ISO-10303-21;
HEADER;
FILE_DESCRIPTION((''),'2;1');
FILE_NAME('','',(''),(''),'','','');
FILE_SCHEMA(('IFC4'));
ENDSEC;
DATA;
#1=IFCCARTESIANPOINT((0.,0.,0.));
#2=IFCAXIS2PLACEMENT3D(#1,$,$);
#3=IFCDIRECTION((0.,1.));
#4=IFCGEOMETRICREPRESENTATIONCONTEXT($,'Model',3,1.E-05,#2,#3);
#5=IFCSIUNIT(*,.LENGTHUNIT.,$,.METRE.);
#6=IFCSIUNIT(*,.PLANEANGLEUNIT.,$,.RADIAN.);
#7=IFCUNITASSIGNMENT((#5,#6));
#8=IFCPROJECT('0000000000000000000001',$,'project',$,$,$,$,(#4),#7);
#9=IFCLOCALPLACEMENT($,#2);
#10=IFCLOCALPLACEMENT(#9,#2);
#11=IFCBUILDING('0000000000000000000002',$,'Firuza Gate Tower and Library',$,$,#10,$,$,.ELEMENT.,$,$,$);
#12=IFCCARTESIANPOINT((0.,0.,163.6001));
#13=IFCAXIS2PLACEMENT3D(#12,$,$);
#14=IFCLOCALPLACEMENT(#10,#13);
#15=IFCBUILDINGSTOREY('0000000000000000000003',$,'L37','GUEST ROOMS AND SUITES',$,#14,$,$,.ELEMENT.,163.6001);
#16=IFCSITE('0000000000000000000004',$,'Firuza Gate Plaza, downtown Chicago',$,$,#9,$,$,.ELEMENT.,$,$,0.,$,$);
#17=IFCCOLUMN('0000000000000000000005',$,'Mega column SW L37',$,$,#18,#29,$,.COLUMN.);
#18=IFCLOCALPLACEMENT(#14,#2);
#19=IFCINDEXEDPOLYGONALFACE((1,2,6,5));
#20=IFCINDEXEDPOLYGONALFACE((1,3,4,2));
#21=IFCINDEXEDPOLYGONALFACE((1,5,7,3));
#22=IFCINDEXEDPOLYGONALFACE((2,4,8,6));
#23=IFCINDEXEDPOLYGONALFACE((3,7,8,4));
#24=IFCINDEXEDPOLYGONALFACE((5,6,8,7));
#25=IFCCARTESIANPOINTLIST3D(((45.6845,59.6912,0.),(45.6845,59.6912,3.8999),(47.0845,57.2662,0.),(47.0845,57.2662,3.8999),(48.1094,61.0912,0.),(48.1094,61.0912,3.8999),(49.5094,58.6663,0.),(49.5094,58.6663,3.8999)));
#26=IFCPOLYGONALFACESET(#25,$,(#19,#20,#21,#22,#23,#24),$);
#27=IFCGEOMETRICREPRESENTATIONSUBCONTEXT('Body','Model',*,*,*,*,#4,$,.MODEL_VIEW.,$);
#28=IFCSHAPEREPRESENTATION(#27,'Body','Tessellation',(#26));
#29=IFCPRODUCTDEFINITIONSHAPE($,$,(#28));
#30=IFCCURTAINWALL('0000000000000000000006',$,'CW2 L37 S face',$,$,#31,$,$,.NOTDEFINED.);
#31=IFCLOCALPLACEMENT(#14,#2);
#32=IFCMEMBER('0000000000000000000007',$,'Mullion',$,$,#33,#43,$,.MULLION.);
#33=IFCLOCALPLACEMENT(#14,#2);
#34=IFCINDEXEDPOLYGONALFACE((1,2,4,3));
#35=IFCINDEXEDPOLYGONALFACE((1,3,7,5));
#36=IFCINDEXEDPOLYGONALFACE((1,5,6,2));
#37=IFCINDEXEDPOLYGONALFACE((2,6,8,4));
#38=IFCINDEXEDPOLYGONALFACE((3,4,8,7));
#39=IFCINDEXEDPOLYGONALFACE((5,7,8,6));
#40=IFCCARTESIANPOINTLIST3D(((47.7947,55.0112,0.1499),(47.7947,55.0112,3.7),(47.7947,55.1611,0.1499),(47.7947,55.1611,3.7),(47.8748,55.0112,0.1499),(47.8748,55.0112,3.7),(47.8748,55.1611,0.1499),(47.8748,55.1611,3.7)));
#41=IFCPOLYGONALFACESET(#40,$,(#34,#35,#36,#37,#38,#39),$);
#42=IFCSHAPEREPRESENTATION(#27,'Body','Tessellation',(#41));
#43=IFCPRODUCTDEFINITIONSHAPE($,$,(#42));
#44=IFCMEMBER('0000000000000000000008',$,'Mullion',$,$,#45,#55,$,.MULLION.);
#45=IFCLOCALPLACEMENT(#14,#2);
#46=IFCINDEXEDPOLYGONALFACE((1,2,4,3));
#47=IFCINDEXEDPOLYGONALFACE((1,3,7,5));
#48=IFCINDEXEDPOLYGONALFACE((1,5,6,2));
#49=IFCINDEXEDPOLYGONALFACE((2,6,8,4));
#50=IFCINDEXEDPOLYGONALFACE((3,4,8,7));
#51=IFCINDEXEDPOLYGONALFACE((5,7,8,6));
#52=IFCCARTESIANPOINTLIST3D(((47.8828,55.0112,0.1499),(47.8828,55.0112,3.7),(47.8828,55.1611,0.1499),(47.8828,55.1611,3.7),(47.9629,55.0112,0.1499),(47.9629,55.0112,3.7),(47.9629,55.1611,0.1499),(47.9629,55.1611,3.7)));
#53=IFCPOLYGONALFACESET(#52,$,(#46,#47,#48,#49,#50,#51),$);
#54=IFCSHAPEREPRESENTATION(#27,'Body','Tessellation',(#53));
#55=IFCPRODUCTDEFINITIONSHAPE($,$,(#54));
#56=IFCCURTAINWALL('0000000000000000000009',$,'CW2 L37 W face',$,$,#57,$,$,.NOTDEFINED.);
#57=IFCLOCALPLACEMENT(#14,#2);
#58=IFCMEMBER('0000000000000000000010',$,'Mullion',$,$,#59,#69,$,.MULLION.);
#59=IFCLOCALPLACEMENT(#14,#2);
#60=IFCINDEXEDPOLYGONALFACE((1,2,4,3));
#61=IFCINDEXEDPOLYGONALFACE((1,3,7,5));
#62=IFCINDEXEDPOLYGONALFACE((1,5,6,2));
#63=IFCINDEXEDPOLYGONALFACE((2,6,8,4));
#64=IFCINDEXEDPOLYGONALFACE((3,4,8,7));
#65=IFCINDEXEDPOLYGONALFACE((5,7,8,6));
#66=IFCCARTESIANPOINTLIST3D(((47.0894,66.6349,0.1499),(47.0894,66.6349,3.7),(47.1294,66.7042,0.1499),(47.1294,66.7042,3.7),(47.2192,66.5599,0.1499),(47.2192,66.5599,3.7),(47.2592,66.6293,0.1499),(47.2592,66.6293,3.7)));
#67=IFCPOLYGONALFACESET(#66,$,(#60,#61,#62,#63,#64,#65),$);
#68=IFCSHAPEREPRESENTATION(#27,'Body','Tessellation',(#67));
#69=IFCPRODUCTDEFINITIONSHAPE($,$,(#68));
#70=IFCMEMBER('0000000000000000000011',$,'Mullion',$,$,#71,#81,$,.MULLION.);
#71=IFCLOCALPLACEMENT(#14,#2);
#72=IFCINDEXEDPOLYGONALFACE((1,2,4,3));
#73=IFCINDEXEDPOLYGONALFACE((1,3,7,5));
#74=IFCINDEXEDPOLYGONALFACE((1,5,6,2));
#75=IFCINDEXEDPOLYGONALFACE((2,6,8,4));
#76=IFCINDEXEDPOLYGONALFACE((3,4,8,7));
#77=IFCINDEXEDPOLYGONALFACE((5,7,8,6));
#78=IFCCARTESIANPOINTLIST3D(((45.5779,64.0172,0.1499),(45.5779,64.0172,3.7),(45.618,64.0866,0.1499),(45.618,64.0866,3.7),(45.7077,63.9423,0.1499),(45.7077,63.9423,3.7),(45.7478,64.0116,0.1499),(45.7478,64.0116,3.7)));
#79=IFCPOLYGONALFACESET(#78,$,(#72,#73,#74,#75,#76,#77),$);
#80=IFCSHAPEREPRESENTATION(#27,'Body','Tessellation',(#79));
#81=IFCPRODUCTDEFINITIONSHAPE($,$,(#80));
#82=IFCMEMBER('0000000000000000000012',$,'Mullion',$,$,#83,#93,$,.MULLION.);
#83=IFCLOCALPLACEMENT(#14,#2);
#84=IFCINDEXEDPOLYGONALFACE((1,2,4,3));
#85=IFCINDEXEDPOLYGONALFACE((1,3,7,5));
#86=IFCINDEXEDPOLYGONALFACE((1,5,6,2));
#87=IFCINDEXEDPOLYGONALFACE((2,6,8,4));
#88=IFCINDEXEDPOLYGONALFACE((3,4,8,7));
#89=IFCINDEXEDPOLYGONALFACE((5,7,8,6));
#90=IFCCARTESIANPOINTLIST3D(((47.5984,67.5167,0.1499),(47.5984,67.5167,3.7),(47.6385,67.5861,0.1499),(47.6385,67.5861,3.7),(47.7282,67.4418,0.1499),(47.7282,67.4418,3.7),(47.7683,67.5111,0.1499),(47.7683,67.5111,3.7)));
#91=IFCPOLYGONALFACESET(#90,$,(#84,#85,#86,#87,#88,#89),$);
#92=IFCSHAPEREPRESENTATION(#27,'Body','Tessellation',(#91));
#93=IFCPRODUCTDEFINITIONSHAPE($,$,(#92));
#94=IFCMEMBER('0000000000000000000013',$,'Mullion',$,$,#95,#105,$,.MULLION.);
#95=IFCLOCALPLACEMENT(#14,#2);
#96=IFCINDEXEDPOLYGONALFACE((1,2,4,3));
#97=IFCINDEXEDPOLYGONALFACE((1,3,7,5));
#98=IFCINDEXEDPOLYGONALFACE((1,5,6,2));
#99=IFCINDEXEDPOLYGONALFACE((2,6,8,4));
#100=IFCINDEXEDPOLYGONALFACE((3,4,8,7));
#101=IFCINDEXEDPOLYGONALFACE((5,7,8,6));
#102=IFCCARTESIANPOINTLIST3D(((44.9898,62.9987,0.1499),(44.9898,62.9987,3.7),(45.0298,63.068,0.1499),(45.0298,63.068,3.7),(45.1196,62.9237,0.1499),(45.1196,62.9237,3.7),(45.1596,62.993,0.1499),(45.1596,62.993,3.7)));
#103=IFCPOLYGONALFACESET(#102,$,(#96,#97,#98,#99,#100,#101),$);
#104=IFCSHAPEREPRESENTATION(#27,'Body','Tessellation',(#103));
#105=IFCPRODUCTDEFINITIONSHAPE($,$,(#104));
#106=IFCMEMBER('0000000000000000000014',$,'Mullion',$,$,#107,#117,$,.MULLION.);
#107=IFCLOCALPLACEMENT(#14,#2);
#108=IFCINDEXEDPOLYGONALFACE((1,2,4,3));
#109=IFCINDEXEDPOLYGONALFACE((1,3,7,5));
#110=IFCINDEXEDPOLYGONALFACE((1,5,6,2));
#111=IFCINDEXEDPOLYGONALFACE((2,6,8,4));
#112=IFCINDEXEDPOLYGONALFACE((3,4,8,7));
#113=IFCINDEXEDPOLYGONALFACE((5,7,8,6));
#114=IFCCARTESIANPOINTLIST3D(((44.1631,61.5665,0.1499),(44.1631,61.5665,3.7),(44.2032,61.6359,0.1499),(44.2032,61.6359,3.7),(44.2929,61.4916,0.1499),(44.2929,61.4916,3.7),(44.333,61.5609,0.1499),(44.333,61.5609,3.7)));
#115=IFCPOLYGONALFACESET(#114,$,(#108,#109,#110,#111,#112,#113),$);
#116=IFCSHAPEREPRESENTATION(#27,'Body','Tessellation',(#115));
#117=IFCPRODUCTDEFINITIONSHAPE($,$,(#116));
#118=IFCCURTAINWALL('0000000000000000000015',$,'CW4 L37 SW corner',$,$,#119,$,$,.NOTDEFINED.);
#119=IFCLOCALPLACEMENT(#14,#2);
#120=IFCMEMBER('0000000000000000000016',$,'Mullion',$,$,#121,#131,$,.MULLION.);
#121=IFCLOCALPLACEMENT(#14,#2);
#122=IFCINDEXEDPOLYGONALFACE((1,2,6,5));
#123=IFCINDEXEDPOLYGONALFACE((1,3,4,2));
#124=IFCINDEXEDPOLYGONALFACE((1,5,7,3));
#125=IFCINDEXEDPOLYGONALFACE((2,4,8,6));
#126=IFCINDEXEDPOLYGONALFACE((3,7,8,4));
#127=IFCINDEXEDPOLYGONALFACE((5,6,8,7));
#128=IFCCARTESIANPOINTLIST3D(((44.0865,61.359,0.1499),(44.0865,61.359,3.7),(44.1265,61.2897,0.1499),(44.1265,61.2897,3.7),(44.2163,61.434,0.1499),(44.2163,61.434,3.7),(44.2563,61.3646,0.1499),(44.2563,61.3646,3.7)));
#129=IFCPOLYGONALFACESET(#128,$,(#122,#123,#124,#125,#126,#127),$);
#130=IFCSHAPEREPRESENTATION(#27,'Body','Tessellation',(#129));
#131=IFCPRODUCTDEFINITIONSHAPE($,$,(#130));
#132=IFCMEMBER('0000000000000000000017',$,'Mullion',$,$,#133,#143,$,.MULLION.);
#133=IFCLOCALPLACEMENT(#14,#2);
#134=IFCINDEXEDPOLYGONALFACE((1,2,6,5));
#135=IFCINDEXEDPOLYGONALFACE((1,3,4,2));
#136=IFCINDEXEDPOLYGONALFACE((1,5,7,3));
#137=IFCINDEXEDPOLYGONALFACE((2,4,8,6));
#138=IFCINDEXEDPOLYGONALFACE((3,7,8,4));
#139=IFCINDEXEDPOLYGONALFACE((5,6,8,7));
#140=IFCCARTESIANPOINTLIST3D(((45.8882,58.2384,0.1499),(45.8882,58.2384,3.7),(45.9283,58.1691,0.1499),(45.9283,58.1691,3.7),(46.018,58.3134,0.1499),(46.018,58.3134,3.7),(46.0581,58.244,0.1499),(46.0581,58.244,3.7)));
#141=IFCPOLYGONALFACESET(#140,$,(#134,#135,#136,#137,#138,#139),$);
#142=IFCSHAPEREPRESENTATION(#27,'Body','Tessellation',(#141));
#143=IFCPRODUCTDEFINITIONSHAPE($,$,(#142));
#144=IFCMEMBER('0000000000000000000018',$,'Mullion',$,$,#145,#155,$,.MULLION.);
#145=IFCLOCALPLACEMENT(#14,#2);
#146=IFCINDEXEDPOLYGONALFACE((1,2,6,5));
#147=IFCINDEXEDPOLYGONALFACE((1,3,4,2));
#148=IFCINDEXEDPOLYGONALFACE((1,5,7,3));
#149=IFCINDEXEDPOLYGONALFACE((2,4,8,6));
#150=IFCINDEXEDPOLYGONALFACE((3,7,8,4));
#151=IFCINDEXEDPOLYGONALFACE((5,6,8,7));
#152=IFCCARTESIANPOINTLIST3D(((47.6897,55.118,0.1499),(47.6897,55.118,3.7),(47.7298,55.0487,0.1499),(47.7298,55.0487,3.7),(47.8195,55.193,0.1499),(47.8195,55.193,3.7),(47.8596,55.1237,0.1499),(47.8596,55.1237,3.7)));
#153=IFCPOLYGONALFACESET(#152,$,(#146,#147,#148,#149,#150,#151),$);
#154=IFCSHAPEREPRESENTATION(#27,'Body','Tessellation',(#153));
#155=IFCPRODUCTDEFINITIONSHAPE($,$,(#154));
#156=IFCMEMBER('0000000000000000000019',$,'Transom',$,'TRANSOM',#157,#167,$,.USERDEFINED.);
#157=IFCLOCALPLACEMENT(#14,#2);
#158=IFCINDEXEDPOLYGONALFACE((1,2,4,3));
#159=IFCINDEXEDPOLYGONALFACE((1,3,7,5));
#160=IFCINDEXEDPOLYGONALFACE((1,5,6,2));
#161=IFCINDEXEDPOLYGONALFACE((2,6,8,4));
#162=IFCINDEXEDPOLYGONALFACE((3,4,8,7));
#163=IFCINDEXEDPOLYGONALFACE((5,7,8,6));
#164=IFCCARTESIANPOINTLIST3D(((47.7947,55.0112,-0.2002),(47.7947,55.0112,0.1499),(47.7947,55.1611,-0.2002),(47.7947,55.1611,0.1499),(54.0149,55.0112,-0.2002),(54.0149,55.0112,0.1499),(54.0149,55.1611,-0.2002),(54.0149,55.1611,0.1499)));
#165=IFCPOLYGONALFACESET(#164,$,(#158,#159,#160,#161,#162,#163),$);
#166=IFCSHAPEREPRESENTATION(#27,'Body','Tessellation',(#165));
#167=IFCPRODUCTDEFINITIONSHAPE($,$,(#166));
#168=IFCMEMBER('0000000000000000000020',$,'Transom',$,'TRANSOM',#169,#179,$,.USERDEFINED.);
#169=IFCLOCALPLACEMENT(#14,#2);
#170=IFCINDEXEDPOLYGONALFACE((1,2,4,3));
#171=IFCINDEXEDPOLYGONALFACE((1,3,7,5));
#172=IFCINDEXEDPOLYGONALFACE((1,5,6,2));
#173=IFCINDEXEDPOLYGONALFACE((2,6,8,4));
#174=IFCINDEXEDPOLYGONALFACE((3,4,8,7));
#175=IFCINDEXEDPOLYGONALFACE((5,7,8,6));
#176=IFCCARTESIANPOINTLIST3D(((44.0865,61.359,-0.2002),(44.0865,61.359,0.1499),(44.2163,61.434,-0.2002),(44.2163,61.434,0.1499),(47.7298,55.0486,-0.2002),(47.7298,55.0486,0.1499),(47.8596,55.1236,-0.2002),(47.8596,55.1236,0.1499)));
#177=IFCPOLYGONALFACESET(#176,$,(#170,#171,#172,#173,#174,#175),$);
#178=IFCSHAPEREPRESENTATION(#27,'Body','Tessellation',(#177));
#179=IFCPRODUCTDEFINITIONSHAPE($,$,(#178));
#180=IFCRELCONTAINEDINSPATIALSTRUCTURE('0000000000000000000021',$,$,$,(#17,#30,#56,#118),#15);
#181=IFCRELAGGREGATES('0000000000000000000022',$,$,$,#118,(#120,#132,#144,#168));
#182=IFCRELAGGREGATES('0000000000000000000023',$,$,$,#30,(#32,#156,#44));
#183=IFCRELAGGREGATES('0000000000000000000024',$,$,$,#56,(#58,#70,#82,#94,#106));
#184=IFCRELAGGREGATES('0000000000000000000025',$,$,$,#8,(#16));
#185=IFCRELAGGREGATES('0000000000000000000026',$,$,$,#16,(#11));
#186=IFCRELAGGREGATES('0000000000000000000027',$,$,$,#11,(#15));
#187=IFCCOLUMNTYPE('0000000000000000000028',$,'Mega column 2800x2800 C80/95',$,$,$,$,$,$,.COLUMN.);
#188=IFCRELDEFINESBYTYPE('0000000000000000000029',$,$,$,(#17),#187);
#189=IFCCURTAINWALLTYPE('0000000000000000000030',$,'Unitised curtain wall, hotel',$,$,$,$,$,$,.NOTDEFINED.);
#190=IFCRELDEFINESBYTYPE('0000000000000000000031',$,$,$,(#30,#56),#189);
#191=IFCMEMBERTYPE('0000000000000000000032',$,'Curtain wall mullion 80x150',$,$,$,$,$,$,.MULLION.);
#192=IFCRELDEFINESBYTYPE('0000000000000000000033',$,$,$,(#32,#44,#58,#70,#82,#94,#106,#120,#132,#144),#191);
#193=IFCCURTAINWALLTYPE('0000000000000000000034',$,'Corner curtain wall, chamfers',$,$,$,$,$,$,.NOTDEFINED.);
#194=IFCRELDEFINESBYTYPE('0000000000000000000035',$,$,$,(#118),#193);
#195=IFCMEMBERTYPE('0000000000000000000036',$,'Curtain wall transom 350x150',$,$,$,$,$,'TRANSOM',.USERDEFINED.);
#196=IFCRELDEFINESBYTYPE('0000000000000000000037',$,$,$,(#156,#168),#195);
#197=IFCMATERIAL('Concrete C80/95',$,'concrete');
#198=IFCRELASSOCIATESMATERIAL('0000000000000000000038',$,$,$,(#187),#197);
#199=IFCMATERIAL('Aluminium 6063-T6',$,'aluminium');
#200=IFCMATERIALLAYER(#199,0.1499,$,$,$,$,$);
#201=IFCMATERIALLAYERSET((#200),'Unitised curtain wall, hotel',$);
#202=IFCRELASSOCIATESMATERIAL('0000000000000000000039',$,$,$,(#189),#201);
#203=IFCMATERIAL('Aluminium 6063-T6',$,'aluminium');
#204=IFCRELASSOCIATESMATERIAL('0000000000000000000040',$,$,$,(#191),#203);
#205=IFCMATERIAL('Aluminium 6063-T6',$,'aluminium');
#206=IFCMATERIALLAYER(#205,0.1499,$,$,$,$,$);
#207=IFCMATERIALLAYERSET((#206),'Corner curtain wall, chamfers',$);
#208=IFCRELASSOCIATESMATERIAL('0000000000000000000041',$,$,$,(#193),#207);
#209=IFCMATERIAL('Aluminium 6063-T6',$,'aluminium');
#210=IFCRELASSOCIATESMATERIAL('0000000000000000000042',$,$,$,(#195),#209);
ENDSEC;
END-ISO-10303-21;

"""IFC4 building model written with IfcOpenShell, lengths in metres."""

from ifc_helpers import new_model, si_unit, direction, frame, origin, origin_2d, place, context, subcontext, project, spatial, rectangle, extrude, material, layer, layer_set, material_profile, profile_set, type_object, element, aggregate, save


model = new_model("IFC4")

# Units and contexts
model_context = context("Model", 3, precision=1e-05, world=origin(), true_north=direction((0.0, 1.0)))
body_context = subcontext(model_context, "Body", "Model", "MODEL_VIEW")
ifc_project = project(units=[si_unit("LENGTHUNIT", "METRE"), si_unit("PLANEANGLEUNIT", "RADIAN")], contexts=[model_context])

# Site, building, storey
site_placement = place(None, origin())
site = spatial("IfcSite", under=ifc_project, at=site_placement, Name="Firuza Gate Plaza, downtown Chicago", CompositionType="ELEMENT", RefElevation=0.0)
building_placement = place(site_placement, origin())
building = spatial("IfcBuilding", under=site, at=building_placement, Name="Firuza Gate Tower and Library", CompositionType="ELEMENT")
storey_placement = place(building_placement, frame((0.0, 0.0, 163.6001)))
storey = spatial("IfcBuildingStorey", under=building, at=storey_placement, Name="L37", Description="GUEST ROOMS AND SUITES", CompositionType="ELEMENT", Elevation=163.6001)

# Column
ifc_material_1 = material(Name="Concrete C80/95", Category="concrete")
ifc_material_profile_1 = material_profile(ifc_material_1, rectangle(XDim=2.8, YDim=2.8, at=origin_2d()))
ifc_profile_set_1 = profile_set([ifc_material_profile_1], Name="Concrete C80/95")
column_type = type_object("IfcColumnType", Name="Mega column 2800x2800 C80/95", PredefinedType="COLUMN", material=ifc_profile_set_1)
column_placement = place(storey_placement, frame((47.5969, 59.1787, 0.0), z_axis=(0.0, 0.0, 1.0), x_axis=(0.5, -0.866025, 0.0)))
element("IfcColumn", 1, at=column_placement, inside=storey, type_object=column_type, Name="Mega column SW L37", PredefinedType="COLUMN", context=body_context, shape_type="SweptSolid", body=[
    extrude(rectangle(XDim=2.8, YDim=2.8, at=origin_2d()), origin(), (0.0, 0.0, 1.0), 3.8999),
])

# Curtain walls, members
ifc_material_2 = material(Name="Aluminium 6063-T6", Category="aluminium")
ifc_layer_1 = layer(ifc_material_2, 0.1499)
ifc_layer_set_1 = layer_set([ifc_layer_1], Name="Unitised curtain wall, hotel")
curtain_wall_type_1 = type_object("IfcCurtainWallType", Name="Unitised curtain wall, hotel", PredefinedType="NOTDEFINED", material=ifc_layer_set_1)
placement = place(storey_placement, origin())
curtain_wall_1 = element("IfcCurtainWall", 2, at=placement, inside=storey, type_object=curtain_wall_type_1, Name="CW2 L37 S face", PredefinedType="NOTDEFINED")
ifc_material_3 = material(Name="Aluminium 6063-T6", Category="aluminium")
ifc_material_profile_2 = material_profile(ifc_material_3, rectangle(XDim=0.1499, YDim=0.0801, at=origin_2d()))
ifc_profile_set_2 = profile_set([ifc_material_profile_2], Name="Aluminium 6063-T6")
member_type_1 = type_object("IfcMemberType", Name="Curtain wall mullion 80x150", PredefinedType="MULLION", material=ifc_profile_set_2)
member_1_placement = place(storey_placement, frame((47.8347, 55.0862, 0.1499), z_axis=(0.0, 0.0, 1.0), x_axis=(0.0, 1.0, 0.0)))
member_1 = element("IfcMember", 3, at=member_1_placement, type_object=member_type_1, Name="Mullion", PredefinedType="MULLION", context=body_context, shape_type="SweptSolid", body=[
    extrude(rectangle(XDim=0.1499, YDim=0.0801, at=origin_2d()), origin(), (0.0, 0.0, 1.0), 3.55),
])
member_2_placement = place(storey_placement, frame((47.9229, 55.0862, 0.1499), z_axis=(0.0, 0.0, 1.0), x_axis=(0.0, 1.0, 0.0)))
member_2 = element("IfcMember", 4, at=member_2_placement, type_object=member_type_1, Name="Mullion", PredefinedType="MULLION", context=body_context, shape_type="SweptSolid", body=[
    extrude(rectangle(XDim=0.1499, YDim=0.0801, at=origin_2d()), origin(), (0.0, 0.0, 1.0), 3.55),
])
curtain_wall_2 = element("IfcCurtainWall", 5, at=placement, inside=storey, type_object=curtain_wall_type_1, Name="CW2 L37 W face", PredefinedType="NOTDEFINED")
member_3_placement = place(storey_placement, frame((47.1743, 66.6321, 0.1499), z_axis=(0.0, 0.0, 1.0), x_axis=(0.866025, -0.5, 0.0)))
member_3 = element("IfcMember", 6, at=member_3_placement, type_object=member_type_1, Name="Mullion", PredefinedType="MULLION", context=body_context, shape_type="SweptSolid", body=[
    extrude(rectangle(XDim=0.1499, YDim=0.0801, at=origin_2d()), origin(), (0.0, 0.0, 1.0), 3.55),
])
member_4_placement = place(storey_placement, frame((45.6628, 64.0144, 0.1499), z_axis=(0.0, 0.0, 1.0), x_axis=(0.866025, -0.5, 0.0)))
member_4 = element("IfcMember", 7, at=member_4_placement, type_object=member_type_1, Name="Mullion", PredefinedType="MULLION", context=body_context, shape_type="SweptSolid", body=[
    extrude(rectangle(XDim=0.1499, YDim=0.0801, at=origin_2d()), origin(), (0.0, 0.0, 1.0), 3.55),
])
member_5_placement = place(storey_placement, frame((47.6833, 67.5139, 0.1499), z_axis=(0.0, 0.0, 1.0), x_axis=(0.866025, -0.5, 0.0)))
member_5 = element("IfcMember", 8, at=member_5_placement, type_object=member_type_1, Name="Mullion", PredefinedType="MULLION", context=body_context, shape_type="SweptSolid", body=[
    extrude(rectangle(XDim=0.1499, YDim=0.0801, at=origin_2d()), origin(), (0.0, 0.0, 1.0), 3.55),
])
member_6_placement = place(storey_placement, frame((45.0747, 62.9958, 0.1499), z_axis=(0.0, 0.0, 1.0), x_axis=(0.866025, -0.5, 0.0)))
member_6 = element("IfcMember", 9, at=member_6_placement, type_object=member_type_1, Name="Mullion", PredefinedType="MULLION", context=body_context, shape_type="SweptSolid", body=[
    extrude(rectangle(XDim=0.1499, YDim=0.0801, at=origin_2d()), origin(), (0.0, 0.0, 1.0), 3.55),
])
member_7_placement = place(storey_placement, frame((44.248, 61.5637, 0.1499), z_axis=(0.0, 0.0, 1.0), x_axis=(0.866025, -0.5, 0.0)))
member_7 = element("IfcMember", 10, at=member_7_placement, type_object=member_type_1, Name="Mullion", PredefinedType="MULLION", context=body_context, shape_type="SweptSolid", body=[
    extrude(rectangle(XDim=0.1499, YDim=0.0801, at=origin_2d()), origin(), (0.0, 0.0, 1.0), 3.55),
])
ifc_material_4 = material(Name="Aluminium 6063-T6", Category="aluminium")
ifc_layer_2 = layer(ifc_material_4, 0.1499)
ifc_layer_set_2 = layer_set([ifc_layer_2], Name="Corner curtain wall, chamfers")
curtain_wall_type_2 = type_object("IfcCurtainWallType", Name="Corner curtain wall, chamfers", PredefinedType="NOTDEFINED", material=ifc_layer_set_2)
curtain_wall_3 = element("IfcCurtainWall", 11, at=placement, inside=storey, type_object=curtain_wall_type_2, Name="CW4 L37 SW corner", PredefinedType="NOTDEFINED")
member_8_placement = place(storey_placement, frame((44.1714, 61.3618, 0.1499), z_axis=(0.0, 0.0, 1.0), x_axis=(0.866025, 0.5, 0.0)))
member_8 = element("IfcMember", 12, at=member_8_placement, type_object=member_type_1, Name="Mullion", PredefinedType="MULLION", context=body_context, shape_type="SweptSolid", body=[
    extrude(rectangle(XDim=0.1499, YDim=0.0801, at=origin_2d()), origin(), (0.0, 0.0, 1.0), 3.55),
])
member_9_placement = place(storey_placement, frame((45.9731, 58.2412, 0.1499), z_axis=(0.0, 0.0, 1.0), x_axis=(0.866025, 0.5, 0.0)))
member_9 = element("IfcMember", 13, at=member_9_placement, type_object=member_type_1, Name="Mullion", PredefinedType="MULLION", context=body_context, shape_type="SweptSolid", body=[
    extrude(rectangle(XDim=0.1499, YDim=0.0801, at=origin_2d()), origin(), (0.0, 0.0, 1.0), 3.55),
])
member_10_placement = place(storey_placement, frame((47.7747, 55.1208, 0.1499), z_axis=(0.0, 0.0, 1.0), x_axis=(0.866025, 0.5, 0.0)))
member_10 = element("IfcMember", 14, at=member_10_placement, type_object=member_type_1, Name="Mullion", PredefinedType="MULLION", context=body_context, shape_type="SweptSolid", body=[
    extrude(rectangle(XDim=0.1499, YDim=0.0801, at=origin_2d()), origin(), (0.0, 0.0, 1.0), 3.55),
])

# Members
ifc_material_5 = material(Name="Aluminium 6063-T6", Category="aluminium")
ifc_material_profile_3 = material_profile(ifc_material_5, rectangle(XDim=0.1499, YDim=0.3501, at=origin_2d()))
ifc_profile_set_3 = profile_set([ifc_material_profile_3], Name="Aluminium 6063-T6")
member_type_2 = type_object("IfcMemberType", Name="Curtain wall transom 350x150", ElementType="TRANSOM", PredefinedType="USERDEFINED", material=ifc_profile_set_3)
member_11_placement = place(storey_placement, frame((47.7947, 55.0862, -0.0251), z_axis=(1.0, 0.0, 0.0), x_axis=(0.0, 1.0, 0.0)))
member_11 = element("IfcMember", 15, at=member_11_placement, type_object=member_type_2, Name="Transom", ObjectType="TRANSOM", PredefinedType="USERDEFINED", context=body_context, shape_type="SweptSolid", body=[
    extrude(rectangle(XDim=0.1499, YDim=0.3501, at=origin_2d()), origin(), (0.0, 0.0, 1.0), 6.2202),
])
member_12_placement = place(storey_placement, frame((44.1514, 61.3965, -0.0251), z_axis=(0.500006, -0.866022, 0.0), x_axis=(0.866022, 0.500006, 0.0)))
member_12 = element("IfcMember", 16, at=member_12_placement, type_object=member_type_2, Name="Transom", ObjectType="TRANSOM", PredefinedType="USERDEFINED", context=body_context, shape_type="SweptSolid", body=[
    extrude(rectangle(XDim=0.1499, YDim=0.3501, at=origin_2d()), origin(), (0.0, 0.0, 1.0), 7.2866),
])

aggregate(curtain_wall_3, [member_8, member_9, member_10, member_12])
aggregate(curtain_wall_1, [member_1, member_11, member_2])
aggregate(curtain_wall_2, [member_3, member_4, member_5, member_6, member_7])

save(model, "model.ifc")
